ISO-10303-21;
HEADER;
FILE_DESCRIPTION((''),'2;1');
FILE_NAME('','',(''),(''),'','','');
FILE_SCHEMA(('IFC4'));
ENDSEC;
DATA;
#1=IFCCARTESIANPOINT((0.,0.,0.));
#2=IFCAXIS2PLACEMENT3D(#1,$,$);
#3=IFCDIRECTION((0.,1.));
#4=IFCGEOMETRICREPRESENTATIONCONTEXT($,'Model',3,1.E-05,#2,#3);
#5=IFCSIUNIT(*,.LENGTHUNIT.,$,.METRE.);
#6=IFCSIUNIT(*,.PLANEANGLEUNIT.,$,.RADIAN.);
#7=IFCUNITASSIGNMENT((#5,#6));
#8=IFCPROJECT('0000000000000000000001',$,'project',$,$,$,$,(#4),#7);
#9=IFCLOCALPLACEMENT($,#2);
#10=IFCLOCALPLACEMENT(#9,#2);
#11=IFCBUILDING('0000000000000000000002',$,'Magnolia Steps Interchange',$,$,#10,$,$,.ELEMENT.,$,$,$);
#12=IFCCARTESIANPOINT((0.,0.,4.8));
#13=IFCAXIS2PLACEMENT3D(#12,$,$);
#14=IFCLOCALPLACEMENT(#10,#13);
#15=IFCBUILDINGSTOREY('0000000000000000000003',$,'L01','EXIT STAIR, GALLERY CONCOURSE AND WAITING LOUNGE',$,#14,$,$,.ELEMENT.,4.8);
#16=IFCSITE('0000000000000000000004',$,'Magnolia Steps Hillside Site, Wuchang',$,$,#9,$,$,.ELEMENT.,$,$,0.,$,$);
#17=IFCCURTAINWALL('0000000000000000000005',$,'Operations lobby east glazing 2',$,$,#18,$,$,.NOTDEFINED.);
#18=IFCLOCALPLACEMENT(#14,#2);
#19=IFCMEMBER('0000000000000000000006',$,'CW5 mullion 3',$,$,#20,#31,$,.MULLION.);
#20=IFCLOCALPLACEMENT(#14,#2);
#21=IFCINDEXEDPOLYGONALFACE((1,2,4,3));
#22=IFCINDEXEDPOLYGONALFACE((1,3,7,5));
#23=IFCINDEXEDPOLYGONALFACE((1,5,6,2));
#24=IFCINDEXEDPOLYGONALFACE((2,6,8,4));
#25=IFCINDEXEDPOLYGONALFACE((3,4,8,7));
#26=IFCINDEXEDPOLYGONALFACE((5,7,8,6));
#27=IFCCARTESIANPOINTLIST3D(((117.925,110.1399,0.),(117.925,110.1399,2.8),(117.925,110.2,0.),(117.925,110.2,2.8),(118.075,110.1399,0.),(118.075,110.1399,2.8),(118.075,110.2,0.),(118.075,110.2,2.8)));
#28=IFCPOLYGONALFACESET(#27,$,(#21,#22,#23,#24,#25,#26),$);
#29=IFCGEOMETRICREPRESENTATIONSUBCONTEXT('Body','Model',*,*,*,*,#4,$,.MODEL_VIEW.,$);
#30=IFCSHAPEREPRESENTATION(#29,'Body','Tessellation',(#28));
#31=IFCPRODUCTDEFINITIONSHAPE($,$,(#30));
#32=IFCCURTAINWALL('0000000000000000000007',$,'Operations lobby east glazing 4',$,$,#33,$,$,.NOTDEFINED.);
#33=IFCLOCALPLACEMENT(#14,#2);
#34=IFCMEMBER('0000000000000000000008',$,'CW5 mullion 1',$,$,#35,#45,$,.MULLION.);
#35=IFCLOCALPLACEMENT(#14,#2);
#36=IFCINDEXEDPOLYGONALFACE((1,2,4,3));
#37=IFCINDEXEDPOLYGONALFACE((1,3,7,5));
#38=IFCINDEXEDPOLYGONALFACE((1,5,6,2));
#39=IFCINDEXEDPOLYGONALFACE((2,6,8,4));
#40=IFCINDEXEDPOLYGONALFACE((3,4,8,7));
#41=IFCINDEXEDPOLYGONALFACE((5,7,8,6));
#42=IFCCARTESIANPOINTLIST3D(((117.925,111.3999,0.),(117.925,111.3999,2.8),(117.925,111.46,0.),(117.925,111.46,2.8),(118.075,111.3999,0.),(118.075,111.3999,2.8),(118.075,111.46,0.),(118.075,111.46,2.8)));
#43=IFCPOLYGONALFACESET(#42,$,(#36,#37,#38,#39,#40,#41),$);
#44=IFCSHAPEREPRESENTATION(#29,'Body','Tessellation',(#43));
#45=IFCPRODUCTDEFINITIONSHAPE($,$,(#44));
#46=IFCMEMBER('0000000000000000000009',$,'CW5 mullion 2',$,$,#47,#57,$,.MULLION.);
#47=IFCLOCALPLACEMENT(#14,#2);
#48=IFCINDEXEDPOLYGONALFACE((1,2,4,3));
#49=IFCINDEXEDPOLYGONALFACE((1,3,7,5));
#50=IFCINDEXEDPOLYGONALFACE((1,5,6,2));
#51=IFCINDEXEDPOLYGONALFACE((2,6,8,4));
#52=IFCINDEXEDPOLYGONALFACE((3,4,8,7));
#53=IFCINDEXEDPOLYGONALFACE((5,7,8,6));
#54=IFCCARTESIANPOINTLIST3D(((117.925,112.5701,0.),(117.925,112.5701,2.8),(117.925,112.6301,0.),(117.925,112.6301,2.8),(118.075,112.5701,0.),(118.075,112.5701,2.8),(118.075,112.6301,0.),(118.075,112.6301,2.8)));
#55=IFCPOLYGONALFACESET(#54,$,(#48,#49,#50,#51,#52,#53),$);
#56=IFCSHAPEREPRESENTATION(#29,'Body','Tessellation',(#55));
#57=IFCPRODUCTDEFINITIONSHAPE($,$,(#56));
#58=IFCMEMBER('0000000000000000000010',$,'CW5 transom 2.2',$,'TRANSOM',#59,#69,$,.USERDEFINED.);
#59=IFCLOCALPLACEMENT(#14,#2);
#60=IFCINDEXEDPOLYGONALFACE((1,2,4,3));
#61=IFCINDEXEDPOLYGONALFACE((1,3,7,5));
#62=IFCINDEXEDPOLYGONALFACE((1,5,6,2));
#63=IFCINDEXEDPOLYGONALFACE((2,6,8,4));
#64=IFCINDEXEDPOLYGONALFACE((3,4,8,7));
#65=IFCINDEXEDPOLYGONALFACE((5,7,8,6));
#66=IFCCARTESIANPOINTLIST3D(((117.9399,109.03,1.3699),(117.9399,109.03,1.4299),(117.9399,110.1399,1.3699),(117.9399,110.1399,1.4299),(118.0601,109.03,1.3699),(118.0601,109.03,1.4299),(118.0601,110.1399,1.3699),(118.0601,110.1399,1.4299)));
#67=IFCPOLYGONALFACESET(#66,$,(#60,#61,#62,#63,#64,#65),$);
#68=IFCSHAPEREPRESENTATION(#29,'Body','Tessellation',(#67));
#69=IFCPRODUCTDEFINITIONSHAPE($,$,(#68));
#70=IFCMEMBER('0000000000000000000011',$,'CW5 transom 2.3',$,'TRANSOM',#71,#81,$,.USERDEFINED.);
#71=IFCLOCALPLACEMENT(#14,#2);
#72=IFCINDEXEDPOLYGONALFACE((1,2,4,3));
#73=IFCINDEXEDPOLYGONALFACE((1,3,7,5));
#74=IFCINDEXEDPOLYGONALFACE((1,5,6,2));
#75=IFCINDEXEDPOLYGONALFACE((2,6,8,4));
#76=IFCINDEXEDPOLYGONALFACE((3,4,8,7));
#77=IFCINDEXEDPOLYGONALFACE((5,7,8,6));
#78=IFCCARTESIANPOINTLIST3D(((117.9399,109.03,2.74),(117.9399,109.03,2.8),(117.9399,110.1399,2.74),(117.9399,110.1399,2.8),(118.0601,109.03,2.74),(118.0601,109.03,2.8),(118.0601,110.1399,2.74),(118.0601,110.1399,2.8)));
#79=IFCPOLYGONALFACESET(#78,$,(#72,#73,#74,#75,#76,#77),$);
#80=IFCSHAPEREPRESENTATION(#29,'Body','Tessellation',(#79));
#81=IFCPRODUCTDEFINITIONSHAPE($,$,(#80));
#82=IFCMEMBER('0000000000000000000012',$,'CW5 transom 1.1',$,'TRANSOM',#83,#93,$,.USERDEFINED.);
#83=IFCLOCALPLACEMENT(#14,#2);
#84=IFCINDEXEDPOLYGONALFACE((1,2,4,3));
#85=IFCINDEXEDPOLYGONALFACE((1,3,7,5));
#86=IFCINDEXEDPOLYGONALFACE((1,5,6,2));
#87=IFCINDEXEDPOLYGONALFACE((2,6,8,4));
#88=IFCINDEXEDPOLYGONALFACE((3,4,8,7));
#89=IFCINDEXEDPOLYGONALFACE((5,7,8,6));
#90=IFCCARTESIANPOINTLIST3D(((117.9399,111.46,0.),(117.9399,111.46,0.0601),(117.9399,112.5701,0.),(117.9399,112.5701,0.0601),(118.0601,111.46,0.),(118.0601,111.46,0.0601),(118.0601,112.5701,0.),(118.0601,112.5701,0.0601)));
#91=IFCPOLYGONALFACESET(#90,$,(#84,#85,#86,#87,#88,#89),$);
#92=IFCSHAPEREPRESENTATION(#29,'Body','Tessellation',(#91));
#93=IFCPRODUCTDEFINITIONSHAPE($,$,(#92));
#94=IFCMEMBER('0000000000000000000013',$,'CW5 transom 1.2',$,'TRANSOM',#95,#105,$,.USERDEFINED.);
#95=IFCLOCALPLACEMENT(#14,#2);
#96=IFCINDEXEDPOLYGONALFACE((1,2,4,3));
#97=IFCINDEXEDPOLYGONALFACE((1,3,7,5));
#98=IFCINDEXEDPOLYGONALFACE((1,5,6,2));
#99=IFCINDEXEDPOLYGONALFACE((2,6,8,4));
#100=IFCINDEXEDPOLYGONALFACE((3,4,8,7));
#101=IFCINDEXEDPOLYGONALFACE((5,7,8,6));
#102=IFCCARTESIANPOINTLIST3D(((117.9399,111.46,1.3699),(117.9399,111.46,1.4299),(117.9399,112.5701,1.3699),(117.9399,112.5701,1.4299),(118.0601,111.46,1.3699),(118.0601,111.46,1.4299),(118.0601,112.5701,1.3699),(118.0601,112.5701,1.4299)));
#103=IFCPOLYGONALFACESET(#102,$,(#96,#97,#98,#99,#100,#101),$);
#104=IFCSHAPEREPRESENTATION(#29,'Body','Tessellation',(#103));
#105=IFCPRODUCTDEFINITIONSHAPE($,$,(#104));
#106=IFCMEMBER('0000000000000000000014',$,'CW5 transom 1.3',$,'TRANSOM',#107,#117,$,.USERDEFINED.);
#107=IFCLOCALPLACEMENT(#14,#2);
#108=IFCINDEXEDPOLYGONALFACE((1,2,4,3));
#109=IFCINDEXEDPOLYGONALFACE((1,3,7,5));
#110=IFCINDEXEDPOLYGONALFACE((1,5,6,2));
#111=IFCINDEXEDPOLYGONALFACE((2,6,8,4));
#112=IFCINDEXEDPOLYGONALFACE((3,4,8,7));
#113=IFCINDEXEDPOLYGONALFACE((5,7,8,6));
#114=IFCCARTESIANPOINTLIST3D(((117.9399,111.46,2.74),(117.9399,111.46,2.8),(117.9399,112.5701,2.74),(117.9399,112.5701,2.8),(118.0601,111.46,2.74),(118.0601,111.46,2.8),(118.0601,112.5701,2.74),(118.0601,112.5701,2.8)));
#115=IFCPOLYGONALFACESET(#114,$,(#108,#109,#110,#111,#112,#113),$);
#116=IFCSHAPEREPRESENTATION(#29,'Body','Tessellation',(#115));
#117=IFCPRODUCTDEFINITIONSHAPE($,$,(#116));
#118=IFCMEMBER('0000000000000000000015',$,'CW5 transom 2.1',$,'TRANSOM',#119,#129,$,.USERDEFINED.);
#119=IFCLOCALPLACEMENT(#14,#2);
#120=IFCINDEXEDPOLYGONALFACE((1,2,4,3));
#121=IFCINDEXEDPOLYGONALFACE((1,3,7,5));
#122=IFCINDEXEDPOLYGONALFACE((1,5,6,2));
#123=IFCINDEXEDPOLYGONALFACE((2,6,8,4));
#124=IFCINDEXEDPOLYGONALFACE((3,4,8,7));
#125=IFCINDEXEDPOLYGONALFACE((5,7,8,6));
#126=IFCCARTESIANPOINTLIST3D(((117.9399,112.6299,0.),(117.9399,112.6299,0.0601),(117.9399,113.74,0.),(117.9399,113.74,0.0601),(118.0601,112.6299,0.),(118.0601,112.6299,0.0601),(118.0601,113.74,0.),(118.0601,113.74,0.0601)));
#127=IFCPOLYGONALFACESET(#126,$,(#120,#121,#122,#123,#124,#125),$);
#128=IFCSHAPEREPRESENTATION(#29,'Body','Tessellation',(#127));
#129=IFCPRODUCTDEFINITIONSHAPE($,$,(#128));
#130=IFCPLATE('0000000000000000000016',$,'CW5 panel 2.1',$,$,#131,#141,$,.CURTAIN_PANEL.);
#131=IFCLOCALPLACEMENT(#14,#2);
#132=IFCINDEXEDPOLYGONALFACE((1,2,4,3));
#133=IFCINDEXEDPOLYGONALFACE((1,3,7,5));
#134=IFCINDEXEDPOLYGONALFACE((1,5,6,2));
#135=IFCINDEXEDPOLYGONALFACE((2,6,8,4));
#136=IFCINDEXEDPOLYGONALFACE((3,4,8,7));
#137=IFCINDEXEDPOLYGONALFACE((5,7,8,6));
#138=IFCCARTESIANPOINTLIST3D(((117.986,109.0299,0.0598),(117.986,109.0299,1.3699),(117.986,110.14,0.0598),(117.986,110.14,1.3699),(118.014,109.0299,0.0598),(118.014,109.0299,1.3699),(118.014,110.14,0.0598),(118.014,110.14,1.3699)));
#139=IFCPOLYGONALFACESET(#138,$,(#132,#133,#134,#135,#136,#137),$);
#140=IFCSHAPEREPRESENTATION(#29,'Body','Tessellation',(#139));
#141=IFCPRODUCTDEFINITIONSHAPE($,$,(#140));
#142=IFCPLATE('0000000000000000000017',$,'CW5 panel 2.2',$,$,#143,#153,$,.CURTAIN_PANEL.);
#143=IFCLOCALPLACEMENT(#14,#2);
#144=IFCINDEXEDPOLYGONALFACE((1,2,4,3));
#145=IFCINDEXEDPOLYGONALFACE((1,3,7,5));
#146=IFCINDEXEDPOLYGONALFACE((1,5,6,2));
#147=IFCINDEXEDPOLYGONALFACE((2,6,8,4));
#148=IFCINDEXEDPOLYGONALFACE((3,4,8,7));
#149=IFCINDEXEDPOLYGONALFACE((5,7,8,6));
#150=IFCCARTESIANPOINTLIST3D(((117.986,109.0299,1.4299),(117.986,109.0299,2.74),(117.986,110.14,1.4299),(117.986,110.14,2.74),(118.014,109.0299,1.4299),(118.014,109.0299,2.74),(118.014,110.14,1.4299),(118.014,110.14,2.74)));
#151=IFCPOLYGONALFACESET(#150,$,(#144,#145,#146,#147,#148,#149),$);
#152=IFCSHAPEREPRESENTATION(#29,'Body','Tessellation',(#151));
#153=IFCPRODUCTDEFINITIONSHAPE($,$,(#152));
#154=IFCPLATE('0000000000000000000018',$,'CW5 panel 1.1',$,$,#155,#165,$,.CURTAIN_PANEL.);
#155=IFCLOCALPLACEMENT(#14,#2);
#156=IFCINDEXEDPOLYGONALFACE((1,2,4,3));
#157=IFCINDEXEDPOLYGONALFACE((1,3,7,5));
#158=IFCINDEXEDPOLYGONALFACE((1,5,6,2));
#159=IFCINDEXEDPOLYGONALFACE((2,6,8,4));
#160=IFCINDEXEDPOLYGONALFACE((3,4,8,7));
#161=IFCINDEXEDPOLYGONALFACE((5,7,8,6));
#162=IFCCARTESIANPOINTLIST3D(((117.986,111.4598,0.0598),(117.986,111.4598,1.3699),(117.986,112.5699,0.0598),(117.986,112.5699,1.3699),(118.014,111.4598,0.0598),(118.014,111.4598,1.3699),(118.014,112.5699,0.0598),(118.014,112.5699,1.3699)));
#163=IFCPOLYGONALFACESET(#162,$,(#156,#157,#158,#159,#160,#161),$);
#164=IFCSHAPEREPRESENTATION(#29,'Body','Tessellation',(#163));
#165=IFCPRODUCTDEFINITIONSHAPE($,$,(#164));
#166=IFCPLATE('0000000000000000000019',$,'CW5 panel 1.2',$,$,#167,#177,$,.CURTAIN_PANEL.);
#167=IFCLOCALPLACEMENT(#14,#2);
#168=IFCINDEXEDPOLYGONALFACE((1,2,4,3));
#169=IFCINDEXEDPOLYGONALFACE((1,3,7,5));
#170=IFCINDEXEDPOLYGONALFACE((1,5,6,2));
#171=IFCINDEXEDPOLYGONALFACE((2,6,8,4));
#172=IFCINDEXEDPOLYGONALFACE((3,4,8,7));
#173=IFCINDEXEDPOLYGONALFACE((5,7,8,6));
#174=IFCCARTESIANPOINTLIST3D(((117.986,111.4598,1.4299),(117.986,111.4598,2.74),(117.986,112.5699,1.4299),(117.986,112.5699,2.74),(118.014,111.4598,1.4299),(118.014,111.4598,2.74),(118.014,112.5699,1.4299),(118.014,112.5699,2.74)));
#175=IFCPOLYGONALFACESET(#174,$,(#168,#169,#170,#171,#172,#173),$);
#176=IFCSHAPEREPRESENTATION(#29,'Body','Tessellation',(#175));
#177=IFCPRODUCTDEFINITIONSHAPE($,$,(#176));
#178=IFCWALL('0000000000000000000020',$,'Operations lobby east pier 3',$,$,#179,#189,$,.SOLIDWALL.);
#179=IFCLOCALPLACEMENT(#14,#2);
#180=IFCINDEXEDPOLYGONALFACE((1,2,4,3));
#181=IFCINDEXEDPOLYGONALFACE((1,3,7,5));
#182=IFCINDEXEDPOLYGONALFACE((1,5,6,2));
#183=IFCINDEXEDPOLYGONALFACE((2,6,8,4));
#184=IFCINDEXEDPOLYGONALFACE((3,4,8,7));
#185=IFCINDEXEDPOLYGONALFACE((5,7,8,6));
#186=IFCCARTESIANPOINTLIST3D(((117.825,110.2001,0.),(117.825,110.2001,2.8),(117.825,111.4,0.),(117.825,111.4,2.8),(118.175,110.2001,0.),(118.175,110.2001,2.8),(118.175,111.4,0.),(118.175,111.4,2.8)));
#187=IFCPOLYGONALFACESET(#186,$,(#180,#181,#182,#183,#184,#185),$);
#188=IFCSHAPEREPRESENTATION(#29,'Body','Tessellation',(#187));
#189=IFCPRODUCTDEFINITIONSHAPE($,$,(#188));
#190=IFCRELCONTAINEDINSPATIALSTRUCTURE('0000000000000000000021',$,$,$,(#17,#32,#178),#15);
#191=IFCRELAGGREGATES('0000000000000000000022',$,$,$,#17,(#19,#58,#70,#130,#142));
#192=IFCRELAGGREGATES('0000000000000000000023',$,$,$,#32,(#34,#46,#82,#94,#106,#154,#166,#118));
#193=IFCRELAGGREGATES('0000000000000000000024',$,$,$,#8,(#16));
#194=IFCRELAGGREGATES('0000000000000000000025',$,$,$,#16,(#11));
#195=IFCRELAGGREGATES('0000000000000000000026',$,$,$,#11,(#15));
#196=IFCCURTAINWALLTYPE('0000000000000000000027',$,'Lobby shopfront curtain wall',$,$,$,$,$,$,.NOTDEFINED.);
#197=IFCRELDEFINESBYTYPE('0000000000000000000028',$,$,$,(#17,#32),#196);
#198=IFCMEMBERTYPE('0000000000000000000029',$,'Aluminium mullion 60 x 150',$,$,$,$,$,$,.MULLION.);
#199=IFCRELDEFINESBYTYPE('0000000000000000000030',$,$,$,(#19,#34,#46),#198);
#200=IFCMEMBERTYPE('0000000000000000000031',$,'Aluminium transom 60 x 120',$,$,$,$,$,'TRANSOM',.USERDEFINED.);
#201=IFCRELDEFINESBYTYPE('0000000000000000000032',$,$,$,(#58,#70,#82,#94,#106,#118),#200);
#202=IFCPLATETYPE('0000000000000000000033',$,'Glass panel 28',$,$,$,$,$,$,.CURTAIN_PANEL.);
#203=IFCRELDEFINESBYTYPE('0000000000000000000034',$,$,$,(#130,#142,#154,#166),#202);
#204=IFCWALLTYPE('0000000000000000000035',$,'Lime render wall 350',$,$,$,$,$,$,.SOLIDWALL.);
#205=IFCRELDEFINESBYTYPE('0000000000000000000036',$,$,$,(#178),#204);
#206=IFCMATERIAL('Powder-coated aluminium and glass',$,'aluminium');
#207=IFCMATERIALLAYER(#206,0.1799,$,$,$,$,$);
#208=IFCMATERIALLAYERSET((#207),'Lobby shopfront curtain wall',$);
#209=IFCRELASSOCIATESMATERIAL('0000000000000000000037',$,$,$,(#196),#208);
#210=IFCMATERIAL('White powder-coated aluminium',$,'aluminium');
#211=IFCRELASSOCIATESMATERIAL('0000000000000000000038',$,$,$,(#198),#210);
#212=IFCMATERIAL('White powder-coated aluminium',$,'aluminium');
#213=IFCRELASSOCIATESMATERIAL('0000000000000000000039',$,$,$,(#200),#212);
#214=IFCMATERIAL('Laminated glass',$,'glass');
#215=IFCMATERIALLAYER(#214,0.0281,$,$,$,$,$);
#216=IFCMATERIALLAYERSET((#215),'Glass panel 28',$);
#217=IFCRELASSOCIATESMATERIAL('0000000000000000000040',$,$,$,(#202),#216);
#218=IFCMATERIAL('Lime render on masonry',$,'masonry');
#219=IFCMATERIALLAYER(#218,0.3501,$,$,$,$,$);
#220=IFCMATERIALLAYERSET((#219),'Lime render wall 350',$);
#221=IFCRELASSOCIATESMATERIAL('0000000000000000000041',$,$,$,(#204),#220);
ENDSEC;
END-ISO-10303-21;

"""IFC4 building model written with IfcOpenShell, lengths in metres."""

from ifc_helpers import new_model, si_unit, direction, frame, frame_2d, origin, origin_2d, place, context, subcontext, project, spatial, rectangle, extrude, material, layer, layer_set, material_profile, profile_set, type_object, element, aggregate, save


model = new_model("IFC4")

# Units and contexts
model_context = context("Model", 3, precision=1e-05, world=origin(), true_north=direction((0.0, 1.0)))
body_context = subcontext(model_context, "Body", "Model", "MODEL_VIEW")
ifc_project = project(units=[si_unit("LENGTHUNIT", "METRE"), si_unit("PLANEANGLEUNIT", "RADIAN")], contexts=[model_context])

# Site, building, storey
site_placement = place(None, origin())
site = spatial("IfcSite", under=ifc_project, at=site_placement, Name="Magnolia Steps Hillside Site, Wuchang", CompositionType="ELEMENT", RefElevation=0.0)
building_placement = place(site_placement, origin())
building = spatial("IfcBuilding", under=site, at=building_placement, Name="Magnolia Steps Interchange", CompositionType="ELEMENT")
storey_placement = place(building_placement, frame((0.0, 0.0, 4.8)))
storey = spatial("IfcBuildingStorey", under=building, at=storey_placement, Name="L01", Description="EXIT STAIR, GALLERY CONCOURSE AND WAITING LOUNGE", CompositionType="ELEMENT", Elevation=4.8)

# Curtain wall, member
ifc_material_1 = material(Name="Powder-coated aluminium and glass", Category="aluminium")
ifc_layer_1 = layer(ifc_material_1, 0.1799)
ifc_layer_set_1 = layer_set([ifc_layer_1], Name="Lobby shopfront curtain wall")
curtain_wall_type = type_object("IfcCurtainWallType", Name="Lobby shopfront curtain wall", PredefinedType="NOTDEFINED", material=ifc_layer_set_1)
curtain_wall_1_placement = place(storey_placement, origin())
curtain_wall_1 = element("IfcCurtainWall", 1, at=curtain_wall_1_placement, inside=storey, type_object=curtain_wall_type, Name="Operations lobby east glazing 2", PredefinedType="NOTDEFINED")
ifc_material_2 = material(Name="White powder-coated aluminium", Category="aluminium")
ifc_material_profile_1 = material_profile(ifc_material_2, rectangle(XDim=0.0601, YDim=0.1499, at=origin_2d()), Name="Aluminium mullion 60 x 150")
ifc_profile_set_1 = profile_set([ifc_material_profile_1], Name="White powder-coated aluminium")
member_type_1 = type_object("IfcMemberType", Name="Aluminium mullion 60 x 150", PredefinedType="MULLION", material=ifc_profile_set_1)
member_1_placement = place(storey_placement, frame((118.0, 110.1699, 0.0), z_axis=(0.0, 0.0, 1.0), x_axis=(0.0, 1.0, 0.0)))
member_1 = element("IfcMember", 2, at=member_1_placement, type_object=member_type_1, Name="CW5 mullion 3", PredefinedType="MULLION", context=body_context, shape_type="SweptSolid", body=[
    extrude(rectangle(XDim=0.0601, YDim=0.1499, at=origin_2d()), origin(), (0.0, 0.0, 1.0), 2.8),
])

# Curtain wall, members
curtain_wall_2_placement = place(storey_placement, origin())
curtain_wall_2 = element("IfcCurtainWall", 3, at=curtain_wall_2_placement, inside=storey, type_object=curtain_wall_type, Name="Operations lobby east glazing 4", PredefinedType="NOTDEFINED")
member_2_placement = place(storey_placement, frame((118.0, 111.4299, 0.0), z_axis=(0.0, 0.0, 1.0), x_axis=(0.0, 1.0, 0.0)))
member_2 = element("IfcMember", 4, at=member_2_placement, type_object=member_type_1, Name="CW5 mullion 1", PredefinedType="MULLION", context=body_context, shape_type="SweptSolid", body=[
    extrude(rectangle(XDim=0.0601, YDim=0.1499, at=origin_2d()), origin(), (0.0, 0.0, 1.0), 2.8),
])
member_3_placement = place(storey_placement, frame((118.0, 112.6001, 0.0), z_axis=(0.0, 0.0, 1.0), x_axis=(0.0, 1.0, 0.0)))
member_3 = element("IfcMember", 5, at=member_3_placement, type_object=member_type_1, Name="CW5 mullion 2", PredefinedType="MULLION", context=body_context, shape_type="SweptSolid", body=[
    extrude(rectangle(XDim=0.0601, YDim=0.1499, at=origin_2d()), origin(), (0.0, 0.0, 1.0), 2.8),
])

# Members
ifc_material_3 = material(Name="White powder-coated aluminium", Category="aluminium")
ifc_material_profile_2 = material_profile(ifc_material_3, rectangle(XDim=0.0601, YDim=0.1201, at=origin_2d()), Name="Aluminium transom 60 x 120")
ifc_profile_set_2 = profile_set([ifc_material_profile_2], Name="White powder-coated aluminium")
member_type_2 = type_object("IfcMemberType", Name="Aluminium transom 60 x 120", ElementType="TRANSOM", PredefinedType="USERDEFINED", material=ifc_profile_set_2)
member_4_placement = place(storey_placement, frame((118.0, 109.03, 1.3999), z_axis=(0.0, 1.0, 0.0), x_axis=(0.0, 0.0, 1.0)))
member_4 = element("IfcMember", 6, at=member_4_placement, type_object=member_type_2, Name="CW5 transom 2.2", ObjectType="TRANSOM", PredefinedType="USERDEFINED", context=body_context, shape_type="SweptSolid", body=[
    extrude(rectangle(XDim=0.0601, YDim=0.1201, at=origin_2d()), origin(), (0.0, 0.0, 1.0), 1.1099),
])
member_5_placement = place(storey_placement, frame((118.0, 109.03, 2.77), z_axis=(0.0, 1.0, 0.0), x_axis=(0.0, 0.0, 1.0)))
member_5 = element("IfcMember", 7, at=member_5_placement, type_object=member_type_2, Name="CW5 transom 2.3", ObjectType="TRANSOM", PredefinedType="USERDEFINED", context=body_context, shape_type="SweptSolid", body=[
    extrude(rectangle(XDim=0.0601, YDim=0.1201, at=origin_2d()), origin(), (0.0, 0.0, 1.0), 1.1099),
])
member_6_placement = place(storey_placement, frame((118.0, 111.46, 0.03), z_axis=(0.0, 1.0, 0.0), x_axis=(0.0, 0.0, 1.0)))
member_6 = element("IfcMember", 8, at=member_6_placement, type_object=member_type_2, Name="CW5 transom 1.1", ObjectType="TRANSOM", PredefinedType="USERDEFINED", context=body_context, shape_type="SweptSolid", body=[
    extrude(rectangle(XDim=0.0601, YDim=0.1201, at=origin_2d()), origin(), (0.0, 0.0, 1.0), 1.1101),
])
member_7_placement = place(storey_placement, frame((118.0, 111.46, 1.3999), z_axis=(0.0, 1.0, 0.0), x_axis=(0.0, 0.0, 1.0)))
member_7 = element("IfcMember", 9, at=member_7_placement, type_object=member_type_2, Name="CW5 transom 1.2", ObjectType="TRANSOM", PredefinedType="USERDEFINED", context=body_context, shape_type="SweptSolid", body=[
    extrude(rectangle(XDim=0.0601, YDim=0.1201, at=origin_2d()), origin(), (0.0, 0.0, 1.0), 1.1101),
])
member_8_placement = place(storey_placement, frame((118.0, 111.46, 2.77), z_axis=(0.0, 1.0, 0.0), x_axis=(0.0, 0.0, 1.0)))
member_8 = element("IfcMember", 10, at=member_8_placement, type_object=member_type_2, Name="CW5 transom 1.3", ObjectType="TRANSOM", PredefinedType="USERDEFINED", context=body_context, shape_type="SweptSolid", body=[
    extrude(rectangle(XDim=0.0601, YDim=0.1201, at=origin_2d()), origin(), (0.0, 0.0, 1.0), 1.1101),
])
member_9_placement = place(storey_placement, frame((118.0, 112.6299, 0.03), z_axis=(0.0, 1.0, 0.0), x_axis=(0.0, 0.0, 1.0)))
member_9 = element("IfcMember", 11, at=member_9_placement, type_object=member_type_2, Name="CW5 transom 2.1", ObjectType="TRANSOM", PredefinedType="USERDEFINED", context=body_context, shape_type="SweptSolid", body=[
    extrude(rectangle(XDim=0.0601, YDim=0.1201, at=origin_2d()), origin(), (0.0, 0.0, 1.0), 1.1101),
])

# Plates
ifc_material_4 = material(Name="Laminated glass", Category="glass")
ifc_layer_2 = layer(ifc_material_4, 0.0281)
ifc_layer_set_2 = layer_set([ifc_layer_2], Name="Glass panel 28")
plate_type = type_object("IfcPlateType", Name="Glass panel 28", PredefinedType="CURTAIN_PANEL", material=ifc_layer_set_2)
plate_1_placement = place(storey_placement, frame((118.0, 109.585, 0.0598), z_axis=(0.0, 0.0, 1.0), x_axis=(0.0, 1.0, 0.0)))
plate_1 = element("IfcPlate", 12, at=plate_1_placement, type_object=plate_type, Name="CW5 panel 2.1", PredefinedType="CURTAIN_PANEL", context=body_context, shape_type="SweptSolid", body=[
    extrude(rectangle(XDim=1.1101, YDim=0.0281, at=origin_2d()), origin(), (0.0, 0.0, 1.0), 1.3101),
])
plate_2_placement = place(storey_placement, frame((118.0, 109.585, 1.4299), z_axis=(0.0, 0.0, 1.0), x_axis=(0.0, 1.0, 0.0)))
plate_2 = element("IfcPlate", 13, at=plate_2_placement, type_object=plate_type, Name="CW5 panel 2.2", PredefinedType="CURTAIN_PANEL", context=body_context, shape_type="SweptSolid", body=[
    extrude(rectangle(XDim=1.1101, YDim=0.0281, at=origin_2d()), origin(), (0.0, 0.0, 1.0), 1.3101),
])
aggregate(curtain_wall_1, [member_1, member_4, member_5, plate_1, plate_2])
plate_3_placement = place(storey_placement, frame((118.0, 112.0149, 0.0598), z_axis=(0.0, 0.0, 1.0), x_axis=(0.0, 1.0, 0.0)))
plate_3 = element("IfcPlate", 14, at=plate_3_placement, type_object=plate_type, Name="CW5 panel 1.1", PredefinedType="CURTAIN_PANEL", context=body_context, shape_type="SweptSolid", body=[
    extrude(rectangle(XDim=1.1101, YDim=0.0281, at=origin_2d()), origin(), (0.0, 0.0, 1.0), 1.3101),
])
plate_4_placement = place(storey_placement, frame((118.0, 112.0149, 1.4299), z_axis=(0.0, 0.0, 1.0), x_axis=(0.0, 1.0, 0.0)))
plate_4 = element("IfcPlate", 15, at=plate_4_placement, type_object=plate_type, Name="CW5 panel 1.2", PredefinedType="CURTAIN_PANEL", context=body_context, shape_type="SweptSolid", body=[
    extrude(rectangle(XDim=1.1101, YDim=0.0281, at=origin_2d()), origin(), (0.0, 0.0, 1.0), 1.3101),
])
aggregate(curtain_wall_2, [member_2, member_3, member_6, member_7, member_8, plate_3, plate_4, member_9])

# Wall
ifc_material_5 = material(Name="Lime render on masonry", Category="masonry")
ifc_layer_3 = layer(ifc_material_5, 0.3501)
ifc_layer_set_3 = layer_set([ifc_layer_3], Name="Lime render wall 350")
wall_type = type_object("IfcWallType", Name="Lime render wall 350", PredefinedType="SOLIDWALL", material=ifc_layer_set_3)
wall_placement = place(storey_placement, frame((118.0, 110.2, 0.0), z_axis=(0.0, 0.0, 1.0), x_axis=(0.0, 1.0, 0.0)))
element("IfcWall", 16, at=wall_placement, inside=storey, type_object=wall_type, Name="Operations lobby east pier 3", PredefinedType="SOLIDWALL", context=body_context, shape_type="SweptSolid", body=[
    extrude(rectangle(XDim=1.2, YDim=0.3501, at=frame_2d((0.6001, 0.0))), origin(), (0.0, 0.0, 1.0), 2.8),
])

save(model, "model.ifc")
